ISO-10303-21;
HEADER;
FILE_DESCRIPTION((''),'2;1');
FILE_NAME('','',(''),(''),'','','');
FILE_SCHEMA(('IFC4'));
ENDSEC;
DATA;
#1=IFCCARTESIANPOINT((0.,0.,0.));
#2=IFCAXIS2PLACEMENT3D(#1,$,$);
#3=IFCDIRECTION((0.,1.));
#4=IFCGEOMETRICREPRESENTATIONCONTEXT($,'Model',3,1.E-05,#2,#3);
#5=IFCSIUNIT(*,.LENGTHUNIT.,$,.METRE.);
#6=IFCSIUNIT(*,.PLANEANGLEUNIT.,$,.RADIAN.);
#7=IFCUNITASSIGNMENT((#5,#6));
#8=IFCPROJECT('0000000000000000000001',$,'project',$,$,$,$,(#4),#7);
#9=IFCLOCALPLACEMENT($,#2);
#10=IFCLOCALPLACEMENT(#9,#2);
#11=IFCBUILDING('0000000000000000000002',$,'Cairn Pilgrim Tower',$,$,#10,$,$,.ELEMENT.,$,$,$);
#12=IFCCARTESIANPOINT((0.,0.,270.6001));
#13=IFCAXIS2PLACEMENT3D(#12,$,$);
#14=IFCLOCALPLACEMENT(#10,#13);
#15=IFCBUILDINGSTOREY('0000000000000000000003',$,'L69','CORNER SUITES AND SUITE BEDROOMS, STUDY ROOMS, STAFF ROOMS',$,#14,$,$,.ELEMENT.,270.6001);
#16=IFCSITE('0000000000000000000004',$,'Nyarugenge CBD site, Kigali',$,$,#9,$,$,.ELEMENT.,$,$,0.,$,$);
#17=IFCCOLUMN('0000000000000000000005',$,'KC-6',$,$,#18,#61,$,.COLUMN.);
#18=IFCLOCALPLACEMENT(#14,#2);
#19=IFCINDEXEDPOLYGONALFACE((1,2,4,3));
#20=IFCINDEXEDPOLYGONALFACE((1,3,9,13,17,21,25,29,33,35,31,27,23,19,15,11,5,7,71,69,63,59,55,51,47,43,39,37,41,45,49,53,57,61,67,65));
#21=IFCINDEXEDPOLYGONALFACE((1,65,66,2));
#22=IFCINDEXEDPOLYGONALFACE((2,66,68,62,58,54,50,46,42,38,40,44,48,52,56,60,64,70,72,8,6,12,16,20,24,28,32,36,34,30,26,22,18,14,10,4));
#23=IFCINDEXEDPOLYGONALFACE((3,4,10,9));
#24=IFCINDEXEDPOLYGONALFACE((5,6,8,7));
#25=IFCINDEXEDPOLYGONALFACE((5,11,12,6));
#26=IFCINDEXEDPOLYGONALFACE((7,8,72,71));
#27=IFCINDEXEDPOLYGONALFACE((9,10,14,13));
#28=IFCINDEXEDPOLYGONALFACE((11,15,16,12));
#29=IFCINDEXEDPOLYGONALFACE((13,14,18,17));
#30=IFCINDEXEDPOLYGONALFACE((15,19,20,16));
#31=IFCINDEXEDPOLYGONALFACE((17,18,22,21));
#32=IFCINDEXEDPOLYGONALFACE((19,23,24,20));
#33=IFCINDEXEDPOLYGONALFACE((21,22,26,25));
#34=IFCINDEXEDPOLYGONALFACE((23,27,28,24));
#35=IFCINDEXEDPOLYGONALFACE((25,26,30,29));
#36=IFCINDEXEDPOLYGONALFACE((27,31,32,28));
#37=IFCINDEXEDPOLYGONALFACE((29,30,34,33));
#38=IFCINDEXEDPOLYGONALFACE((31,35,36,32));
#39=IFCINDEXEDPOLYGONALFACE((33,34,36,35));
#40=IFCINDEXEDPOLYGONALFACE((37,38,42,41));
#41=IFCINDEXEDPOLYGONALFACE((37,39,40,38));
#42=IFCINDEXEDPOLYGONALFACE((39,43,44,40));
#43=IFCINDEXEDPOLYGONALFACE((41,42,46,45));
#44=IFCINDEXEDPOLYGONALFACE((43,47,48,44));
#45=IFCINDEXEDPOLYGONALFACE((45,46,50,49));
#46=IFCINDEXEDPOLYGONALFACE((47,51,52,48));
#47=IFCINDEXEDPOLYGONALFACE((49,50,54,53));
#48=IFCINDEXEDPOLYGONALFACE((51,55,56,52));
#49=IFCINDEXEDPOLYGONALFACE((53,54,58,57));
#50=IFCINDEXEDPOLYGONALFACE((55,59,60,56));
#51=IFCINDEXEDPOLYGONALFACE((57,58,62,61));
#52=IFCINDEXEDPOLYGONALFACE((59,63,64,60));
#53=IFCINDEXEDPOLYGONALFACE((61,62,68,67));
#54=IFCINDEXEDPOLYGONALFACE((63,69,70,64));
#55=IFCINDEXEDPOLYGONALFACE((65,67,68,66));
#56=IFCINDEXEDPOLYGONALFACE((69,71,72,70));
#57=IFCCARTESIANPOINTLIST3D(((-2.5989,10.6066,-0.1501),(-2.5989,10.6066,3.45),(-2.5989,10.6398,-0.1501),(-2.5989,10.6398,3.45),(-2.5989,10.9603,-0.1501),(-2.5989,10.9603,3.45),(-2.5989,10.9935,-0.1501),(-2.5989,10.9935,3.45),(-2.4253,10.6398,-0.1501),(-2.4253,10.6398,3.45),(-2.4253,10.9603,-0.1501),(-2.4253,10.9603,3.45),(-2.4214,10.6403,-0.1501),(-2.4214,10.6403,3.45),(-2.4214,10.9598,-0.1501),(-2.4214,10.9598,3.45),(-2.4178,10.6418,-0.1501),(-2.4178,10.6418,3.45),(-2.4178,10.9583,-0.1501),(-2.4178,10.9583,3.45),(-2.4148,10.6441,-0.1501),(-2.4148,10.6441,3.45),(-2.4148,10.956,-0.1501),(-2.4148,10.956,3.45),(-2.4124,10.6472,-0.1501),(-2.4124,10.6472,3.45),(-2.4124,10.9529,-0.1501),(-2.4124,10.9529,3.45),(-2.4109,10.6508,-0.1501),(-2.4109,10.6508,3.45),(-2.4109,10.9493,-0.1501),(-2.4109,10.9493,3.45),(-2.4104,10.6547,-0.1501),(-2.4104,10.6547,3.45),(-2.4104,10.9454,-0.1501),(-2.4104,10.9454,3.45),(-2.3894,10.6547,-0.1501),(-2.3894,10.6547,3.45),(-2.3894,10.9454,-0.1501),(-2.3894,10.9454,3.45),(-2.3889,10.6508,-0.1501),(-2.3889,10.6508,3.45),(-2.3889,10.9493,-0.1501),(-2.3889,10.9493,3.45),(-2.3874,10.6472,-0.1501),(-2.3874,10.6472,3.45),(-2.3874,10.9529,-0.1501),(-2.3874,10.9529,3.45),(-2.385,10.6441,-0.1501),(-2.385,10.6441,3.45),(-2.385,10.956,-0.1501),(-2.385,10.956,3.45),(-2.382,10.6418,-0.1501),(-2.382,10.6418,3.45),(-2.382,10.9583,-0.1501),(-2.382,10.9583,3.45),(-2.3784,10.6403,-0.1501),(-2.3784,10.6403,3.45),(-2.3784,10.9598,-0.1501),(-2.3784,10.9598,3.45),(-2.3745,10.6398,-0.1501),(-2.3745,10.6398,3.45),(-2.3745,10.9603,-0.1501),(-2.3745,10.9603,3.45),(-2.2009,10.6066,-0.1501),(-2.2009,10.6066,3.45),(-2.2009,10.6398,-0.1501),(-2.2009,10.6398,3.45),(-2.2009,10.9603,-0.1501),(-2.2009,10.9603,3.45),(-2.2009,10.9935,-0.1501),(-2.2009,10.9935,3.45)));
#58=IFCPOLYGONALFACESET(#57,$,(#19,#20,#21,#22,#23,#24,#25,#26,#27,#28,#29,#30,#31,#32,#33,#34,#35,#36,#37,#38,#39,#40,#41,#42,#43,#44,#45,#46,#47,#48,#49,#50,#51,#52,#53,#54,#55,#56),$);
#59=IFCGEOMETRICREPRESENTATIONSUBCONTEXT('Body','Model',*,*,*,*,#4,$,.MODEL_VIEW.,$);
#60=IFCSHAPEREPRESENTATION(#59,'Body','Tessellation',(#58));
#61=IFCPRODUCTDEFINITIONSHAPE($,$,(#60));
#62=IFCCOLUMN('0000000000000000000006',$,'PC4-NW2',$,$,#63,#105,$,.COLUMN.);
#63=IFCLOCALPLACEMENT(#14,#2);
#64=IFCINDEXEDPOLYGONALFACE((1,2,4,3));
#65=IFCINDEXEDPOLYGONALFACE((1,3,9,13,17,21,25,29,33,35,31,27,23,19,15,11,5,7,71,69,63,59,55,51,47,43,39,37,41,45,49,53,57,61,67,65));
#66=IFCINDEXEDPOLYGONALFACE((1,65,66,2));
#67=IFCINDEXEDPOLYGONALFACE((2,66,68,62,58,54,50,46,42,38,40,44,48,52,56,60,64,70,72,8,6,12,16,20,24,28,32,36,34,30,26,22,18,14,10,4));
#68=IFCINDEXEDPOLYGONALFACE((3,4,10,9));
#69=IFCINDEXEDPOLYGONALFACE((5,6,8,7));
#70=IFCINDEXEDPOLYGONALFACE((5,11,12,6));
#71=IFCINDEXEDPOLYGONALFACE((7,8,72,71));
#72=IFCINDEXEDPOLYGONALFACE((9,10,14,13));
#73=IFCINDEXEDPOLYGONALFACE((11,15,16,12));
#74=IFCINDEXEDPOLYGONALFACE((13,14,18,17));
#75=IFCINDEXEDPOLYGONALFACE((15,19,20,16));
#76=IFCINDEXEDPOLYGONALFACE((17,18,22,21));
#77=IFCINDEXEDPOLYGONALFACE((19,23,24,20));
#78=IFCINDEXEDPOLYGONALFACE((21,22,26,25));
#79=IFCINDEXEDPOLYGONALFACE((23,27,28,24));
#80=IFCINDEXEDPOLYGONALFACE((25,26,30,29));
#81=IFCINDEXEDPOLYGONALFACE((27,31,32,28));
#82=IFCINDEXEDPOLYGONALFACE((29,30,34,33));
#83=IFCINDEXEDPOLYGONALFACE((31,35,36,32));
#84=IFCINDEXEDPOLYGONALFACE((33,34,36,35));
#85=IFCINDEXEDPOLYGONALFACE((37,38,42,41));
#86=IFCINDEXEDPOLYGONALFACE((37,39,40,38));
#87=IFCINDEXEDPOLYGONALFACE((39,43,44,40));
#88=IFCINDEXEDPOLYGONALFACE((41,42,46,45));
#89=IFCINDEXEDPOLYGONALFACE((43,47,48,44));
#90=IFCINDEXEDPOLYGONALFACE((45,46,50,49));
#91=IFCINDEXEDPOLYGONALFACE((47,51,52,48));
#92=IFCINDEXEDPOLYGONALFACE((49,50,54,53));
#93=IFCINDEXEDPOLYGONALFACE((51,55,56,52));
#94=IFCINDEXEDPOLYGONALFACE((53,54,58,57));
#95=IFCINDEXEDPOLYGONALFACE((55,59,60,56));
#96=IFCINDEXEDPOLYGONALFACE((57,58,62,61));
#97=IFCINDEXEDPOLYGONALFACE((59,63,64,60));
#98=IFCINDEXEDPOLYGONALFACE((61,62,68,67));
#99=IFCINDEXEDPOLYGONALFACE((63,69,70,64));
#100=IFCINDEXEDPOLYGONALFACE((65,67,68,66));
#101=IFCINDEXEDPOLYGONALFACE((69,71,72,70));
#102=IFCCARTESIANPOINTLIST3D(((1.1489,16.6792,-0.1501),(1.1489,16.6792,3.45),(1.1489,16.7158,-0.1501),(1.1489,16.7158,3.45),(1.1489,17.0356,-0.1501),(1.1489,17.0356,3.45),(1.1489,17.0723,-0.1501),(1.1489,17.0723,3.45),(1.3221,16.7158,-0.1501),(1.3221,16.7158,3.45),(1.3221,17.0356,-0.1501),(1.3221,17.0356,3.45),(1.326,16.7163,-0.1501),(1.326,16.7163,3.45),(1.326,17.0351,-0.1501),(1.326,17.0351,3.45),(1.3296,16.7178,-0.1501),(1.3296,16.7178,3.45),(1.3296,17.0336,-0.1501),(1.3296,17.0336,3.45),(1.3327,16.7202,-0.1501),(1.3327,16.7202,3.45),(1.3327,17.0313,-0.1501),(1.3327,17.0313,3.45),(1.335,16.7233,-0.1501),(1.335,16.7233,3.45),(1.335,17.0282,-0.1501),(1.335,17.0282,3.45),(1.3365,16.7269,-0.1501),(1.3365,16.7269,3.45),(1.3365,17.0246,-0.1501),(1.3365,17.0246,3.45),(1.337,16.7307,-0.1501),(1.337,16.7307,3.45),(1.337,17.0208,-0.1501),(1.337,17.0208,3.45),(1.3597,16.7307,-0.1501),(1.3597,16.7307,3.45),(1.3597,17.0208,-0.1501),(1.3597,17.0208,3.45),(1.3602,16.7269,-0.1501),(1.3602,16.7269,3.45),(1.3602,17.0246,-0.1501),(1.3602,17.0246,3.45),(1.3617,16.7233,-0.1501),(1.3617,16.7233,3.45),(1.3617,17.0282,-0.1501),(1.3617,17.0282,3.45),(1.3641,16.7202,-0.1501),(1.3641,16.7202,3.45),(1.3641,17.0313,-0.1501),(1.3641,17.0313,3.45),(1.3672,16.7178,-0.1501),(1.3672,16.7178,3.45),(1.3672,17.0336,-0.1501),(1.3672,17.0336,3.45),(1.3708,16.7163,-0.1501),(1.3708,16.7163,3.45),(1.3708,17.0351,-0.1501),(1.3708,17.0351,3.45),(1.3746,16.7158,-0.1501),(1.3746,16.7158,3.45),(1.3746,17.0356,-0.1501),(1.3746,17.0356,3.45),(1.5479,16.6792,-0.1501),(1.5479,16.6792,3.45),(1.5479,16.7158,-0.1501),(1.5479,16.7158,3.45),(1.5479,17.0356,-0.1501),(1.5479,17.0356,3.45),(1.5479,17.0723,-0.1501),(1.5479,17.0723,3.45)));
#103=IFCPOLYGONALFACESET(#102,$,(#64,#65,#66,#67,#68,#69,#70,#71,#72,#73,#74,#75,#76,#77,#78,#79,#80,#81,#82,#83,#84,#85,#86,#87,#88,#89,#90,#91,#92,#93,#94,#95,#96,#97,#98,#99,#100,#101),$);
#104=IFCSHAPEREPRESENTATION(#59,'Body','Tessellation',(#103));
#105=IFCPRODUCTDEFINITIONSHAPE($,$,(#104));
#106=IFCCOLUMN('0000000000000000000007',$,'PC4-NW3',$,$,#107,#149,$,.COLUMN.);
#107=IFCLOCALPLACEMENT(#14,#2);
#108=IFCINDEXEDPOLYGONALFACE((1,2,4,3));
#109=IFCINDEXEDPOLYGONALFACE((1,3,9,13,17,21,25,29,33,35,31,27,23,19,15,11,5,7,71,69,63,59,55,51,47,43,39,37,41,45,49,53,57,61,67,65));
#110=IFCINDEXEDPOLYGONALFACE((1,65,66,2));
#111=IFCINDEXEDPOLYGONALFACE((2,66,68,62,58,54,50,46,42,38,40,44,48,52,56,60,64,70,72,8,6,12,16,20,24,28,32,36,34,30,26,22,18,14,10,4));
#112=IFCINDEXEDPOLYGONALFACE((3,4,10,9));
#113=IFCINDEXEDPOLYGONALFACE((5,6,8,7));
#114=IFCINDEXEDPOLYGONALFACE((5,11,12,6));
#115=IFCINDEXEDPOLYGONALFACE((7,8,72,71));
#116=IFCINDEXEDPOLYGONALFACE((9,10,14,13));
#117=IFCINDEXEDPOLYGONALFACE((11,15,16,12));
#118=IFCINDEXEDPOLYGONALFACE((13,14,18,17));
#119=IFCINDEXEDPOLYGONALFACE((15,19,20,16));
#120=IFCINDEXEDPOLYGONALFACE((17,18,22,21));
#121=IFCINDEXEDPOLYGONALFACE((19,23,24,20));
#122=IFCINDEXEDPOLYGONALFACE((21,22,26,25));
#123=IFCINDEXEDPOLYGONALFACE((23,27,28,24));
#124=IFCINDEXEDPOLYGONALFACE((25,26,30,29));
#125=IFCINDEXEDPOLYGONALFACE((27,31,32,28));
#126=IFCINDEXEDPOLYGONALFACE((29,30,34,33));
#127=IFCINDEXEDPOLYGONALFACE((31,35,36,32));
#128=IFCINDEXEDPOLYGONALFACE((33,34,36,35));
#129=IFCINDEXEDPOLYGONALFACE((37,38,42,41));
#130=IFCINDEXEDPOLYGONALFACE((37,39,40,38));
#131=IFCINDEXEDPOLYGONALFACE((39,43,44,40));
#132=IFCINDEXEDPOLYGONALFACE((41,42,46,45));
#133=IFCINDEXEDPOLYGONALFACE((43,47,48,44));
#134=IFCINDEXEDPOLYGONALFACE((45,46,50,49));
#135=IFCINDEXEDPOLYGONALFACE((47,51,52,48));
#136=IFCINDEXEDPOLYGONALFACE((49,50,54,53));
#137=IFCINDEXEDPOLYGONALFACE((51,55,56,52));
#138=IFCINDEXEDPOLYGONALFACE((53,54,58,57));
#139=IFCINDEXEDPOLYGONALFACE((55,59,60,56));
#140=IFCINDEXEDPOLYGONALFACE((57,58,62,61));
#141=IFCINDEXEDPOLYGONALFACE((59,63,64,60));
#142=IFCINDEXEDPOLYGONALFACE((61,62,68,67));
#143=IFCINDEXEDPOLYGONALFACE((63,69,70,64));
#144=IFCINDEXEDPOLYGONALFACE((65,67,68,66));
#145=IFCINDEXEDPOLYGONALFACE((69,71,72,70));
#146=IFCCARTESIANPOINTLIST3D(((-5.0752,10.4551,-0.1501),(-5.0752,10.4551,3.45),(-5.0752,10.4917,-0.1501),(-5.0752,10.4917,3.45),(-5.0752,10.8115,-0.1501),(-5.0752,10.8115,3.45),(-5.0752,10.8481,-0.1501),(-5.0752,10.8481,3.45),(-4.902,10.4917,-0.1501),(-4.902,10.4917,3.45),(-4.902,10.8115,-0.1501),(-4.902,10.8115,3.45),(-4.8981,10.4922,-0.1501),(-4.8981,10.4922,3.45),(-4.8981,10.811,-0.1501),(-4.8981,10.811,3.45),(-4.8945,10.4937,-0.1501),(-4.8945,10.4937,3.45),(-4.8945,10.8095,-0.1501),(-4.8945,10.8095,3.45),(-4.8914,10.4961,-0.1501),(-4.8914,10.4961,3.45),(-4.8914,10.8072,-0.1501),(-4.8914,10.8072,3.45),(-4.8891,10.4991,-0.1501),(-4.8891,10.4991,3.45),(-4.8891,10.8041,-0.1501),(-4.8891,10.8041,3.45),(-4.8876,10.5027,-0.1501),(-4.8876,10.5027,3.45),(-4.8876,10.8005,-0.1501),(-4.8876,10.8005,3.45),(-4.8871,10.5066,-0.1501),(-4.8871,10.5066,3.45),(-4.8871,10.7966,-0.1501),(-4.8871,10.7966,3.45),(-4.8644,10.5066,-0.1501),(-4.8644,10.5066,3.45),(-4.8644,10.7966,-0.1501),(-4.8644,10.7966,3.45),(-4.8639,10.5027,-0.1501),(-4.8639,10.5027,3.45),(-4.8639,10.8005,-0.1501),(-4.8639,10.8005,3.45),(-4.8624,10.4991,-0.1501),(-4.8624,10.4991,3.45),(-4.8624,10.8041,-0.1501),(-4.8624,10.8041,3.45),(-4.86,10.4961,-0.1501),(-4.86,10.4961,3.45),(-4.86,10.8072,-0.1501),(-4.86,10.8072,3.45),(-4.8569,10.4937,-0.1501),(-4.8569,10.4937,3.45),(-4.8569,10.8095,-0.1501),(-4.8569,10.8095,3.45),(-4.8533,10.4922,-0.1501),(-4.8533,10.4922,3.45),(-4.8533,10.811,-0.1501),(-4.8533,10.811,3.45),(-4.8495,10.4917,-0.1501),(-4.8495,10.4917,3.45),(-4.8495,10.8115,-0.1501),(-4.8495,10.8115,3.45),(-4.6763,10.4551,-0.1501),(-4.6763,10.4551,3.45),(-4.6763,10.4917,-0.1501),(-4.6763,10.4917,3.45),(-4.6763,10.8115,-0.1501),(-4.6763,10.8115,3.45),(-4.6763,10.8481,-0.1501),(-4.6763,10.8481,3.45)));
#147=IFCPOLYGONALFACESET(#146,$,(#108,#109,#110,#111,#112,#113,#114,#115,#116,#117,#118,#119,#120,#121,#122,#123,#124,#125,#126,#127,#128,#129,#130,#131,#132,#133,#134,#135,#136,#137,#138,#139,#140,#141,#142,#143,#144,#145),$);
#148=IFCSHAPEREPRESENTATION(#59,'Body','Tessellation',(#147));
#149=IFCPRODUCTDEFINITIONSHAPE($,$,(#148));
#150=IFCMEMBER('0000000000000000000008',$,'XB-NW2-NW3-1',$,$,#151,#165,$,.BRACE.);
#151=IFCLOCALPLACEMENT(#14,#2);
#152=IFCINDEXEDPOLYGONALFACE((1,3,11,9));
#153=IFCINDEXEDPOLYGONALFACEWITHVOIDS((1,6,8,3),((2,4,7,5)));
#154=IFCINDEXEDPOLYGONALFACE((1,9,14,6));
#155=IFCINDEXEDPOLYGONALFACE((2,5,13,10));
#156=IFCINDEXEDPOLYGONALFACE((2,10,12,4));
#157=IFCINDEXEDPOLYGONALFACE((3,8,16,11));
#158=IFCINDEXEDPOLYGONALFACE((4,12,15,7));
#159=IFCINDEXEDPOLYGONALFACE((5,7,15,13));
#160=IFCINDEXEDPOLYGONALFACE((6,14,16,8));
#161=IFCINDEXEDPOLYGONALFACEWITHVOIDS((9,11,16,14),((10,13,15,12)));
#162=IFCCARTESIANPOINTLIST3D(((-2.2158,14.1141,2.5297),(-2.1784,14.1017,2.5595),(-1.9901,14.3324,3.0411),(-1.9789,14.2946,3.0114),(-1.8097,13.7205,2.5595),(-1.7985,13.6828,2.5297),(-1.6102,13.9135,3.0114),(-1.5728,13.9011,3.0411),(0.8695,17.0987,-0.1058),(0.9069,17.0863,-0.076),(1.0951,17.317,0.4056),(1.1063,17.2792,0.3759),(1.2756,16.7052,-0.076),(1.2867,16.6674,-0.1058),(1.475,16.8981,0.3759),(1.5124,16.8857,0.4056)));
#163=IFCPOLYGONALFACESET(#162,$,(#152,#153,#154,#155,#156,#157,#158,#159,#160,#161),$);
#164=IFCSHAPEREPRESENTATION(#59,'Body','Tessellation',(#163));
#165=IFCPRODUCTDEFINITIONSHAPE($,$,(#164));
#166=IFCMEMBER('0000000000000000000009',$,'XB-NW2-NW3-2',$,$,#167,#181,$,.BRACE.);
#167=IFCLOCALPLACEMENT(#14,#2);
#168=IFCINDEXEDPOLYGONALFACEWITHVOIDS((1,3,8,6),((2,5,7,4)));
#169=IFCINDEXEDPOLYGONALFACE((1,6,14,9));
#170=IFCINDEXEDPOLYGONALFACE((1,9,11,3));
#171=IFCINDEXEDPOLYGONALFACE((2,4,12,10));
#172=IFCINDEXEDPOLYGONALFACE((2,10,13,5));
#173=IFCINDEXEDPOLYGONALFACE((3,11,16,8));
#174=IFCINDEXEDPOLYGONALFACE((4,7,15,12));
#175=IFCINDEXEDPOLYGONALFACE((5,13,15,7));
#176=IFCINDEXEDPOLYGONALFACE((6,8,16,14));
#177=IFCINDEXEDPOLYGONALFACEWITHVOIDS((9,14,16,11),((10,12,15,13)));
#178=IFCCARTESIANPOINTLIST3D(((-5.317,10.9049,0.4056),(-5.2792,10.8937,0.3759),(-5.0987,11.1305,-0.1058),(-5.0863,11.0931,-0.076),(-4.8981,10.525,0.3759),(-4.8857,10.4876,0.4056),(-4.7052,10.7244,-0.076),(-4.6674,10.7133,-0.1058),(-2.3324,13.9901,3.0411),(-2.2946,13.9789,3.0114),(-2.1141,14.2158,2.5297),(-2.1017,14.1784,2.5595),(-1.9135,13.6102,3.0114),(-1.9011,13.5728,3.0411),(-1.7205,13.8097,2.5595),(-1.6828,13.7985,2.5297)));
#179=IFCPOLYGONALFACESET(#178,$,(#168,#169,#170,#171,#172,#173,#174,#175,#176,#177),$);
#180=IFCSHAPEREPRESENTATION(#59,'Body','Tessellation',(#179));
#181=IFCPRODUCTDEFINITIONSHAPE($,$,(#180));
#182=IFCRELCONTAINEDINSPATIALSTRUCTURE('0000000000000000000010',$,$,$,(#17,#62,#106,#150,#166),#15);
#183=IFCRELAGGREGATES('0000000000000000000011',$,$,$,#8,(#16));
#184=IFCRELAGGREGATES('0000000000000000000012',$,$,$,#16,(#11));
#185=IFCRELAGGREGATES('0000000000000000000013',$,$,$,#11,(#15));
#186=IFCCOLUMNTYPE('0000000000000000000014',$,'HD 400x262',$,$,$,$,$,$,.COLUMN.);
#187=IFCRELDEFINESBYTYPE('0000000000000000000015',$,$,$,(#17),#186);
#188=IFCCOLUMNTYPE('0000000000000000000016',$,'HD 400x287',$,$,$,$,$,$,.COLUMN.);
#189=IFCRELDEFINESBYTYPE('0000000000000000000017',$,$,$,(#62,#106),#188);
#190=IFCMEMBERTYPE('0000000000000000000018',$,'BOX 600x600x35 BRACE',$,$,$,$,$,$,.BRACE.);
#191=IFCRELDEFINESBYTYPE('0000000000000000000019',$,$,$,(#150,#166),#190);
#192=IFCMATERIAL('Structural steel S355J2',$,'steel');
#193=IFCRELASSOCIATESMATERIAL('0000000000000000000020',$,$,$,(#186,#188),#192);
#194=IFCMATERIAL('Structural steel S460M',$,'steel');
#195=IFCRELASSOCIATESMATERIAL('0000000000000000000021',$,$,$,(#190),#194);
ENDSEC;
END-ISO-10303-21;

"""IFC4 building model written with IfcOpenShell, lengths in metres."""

from ifc_helpers import new_model, si_unit, direction, frame, origin, origin_2d, place, context, subcontext, project, spatial, hollow_rectangle, i_section, extrude, material, material_profile, profile_set, type_object, element, save


model = new_model("IFC4")

# Units and contexts
model_context = context("Model", 3, precision=1e-05, world=origin(), true_north=direction((0.0, 1.0)))
body_context = subcontext(model_context, "Body", "Model", "MODEL_VIEW")
ifc_project = project(units=[si_unit("LENGTHUNIT", "METRE"), si_unit("PLANEANGLEUNIT", "RADIAN")], contexts=[model_context])

# Site, building, storey
site_placement = place(None, origin())
site = spatial("IfcSite", under=ifc_project, at=site_placement, Name="Nyarugenge CBD site, Kigali", CompositionType="ELEMENT", RefElevation=0.0)
building_placement = place(site_placement, origin())
building = spatial("IfcBuilding", under=site, at=building_placement, Name="Cairn Pilgrim Tower", CompositionType="ELEMENT")
storey_placement = place(building_placement, frame((0.0, 0.0, 270.6001)))
storey = spatial("IfcBuildingStorey", under=building, at=storey_placement, Name="L69", Description="CORNER SUITES AND SUITE BEDROOMS, STUDY ROOMS, STAFF ROOMS", CompositionType="ELEMENT", Elevation=270.6001)

# Columns
ifc_material_1 = material(Name="Structural steel S355J2", Category="steel")
ifc_material_profile_1 = material_profile(ifc_material_1, i_section(OverallWidth=0.3979, OverallDepth=0.387, WebThickness=0.021, FlangeThickness=0.0332, FilletRadius=0.0149, at=origin_2d()), Name="HD 400x262")
ifc_profile_set_1 = profile_set([ifc_material_profile_1], Name="Structural steel S355J2")
column_type_1 = type_object("IfcColumnType", Name="HD 400x262", PredefinedType="COLUMN", material=ifc_profile_set_1)
column_placement = place(storey_placement, frame((-2.3999, 10.8, -0.1501), z_axis=(0.0, 0.0, 1.0), x_axis=(1.0, 0.0, 0.0)))
element("IfcColumn", 1, at=column_placement, inside=storey, type_object=column_type_1, Name="KC-6", PredefinedType="COLUMN", context=body_context, shape_type="SweptSolid", body=[
    extrude(i_section(OverallWidth=0.3979, OverallDepth=0.387, WebThickness=0.021, FlangeThickness=0.0332, FilletRadius=0.0149, at=origin_2d()), origin(), (0.0, 0.0, 1.0), 3.6001),
])
ifc_material_profile_2 = material_profile(ifc_material_1, i_section(OverallWidth=0.3989, OverallDepth=0.3931, WebThickness=0.0227, FlangeThickness=0.0366, FilletRadius=0.0149, at=origin_2d()), Name="HD 400x287")
ifc_profile_set_2 = profile_set([ifc_material_profile_2], Name="Structural steel S355J2")
column_type_2 = type_object("IfcColumnType", Name="HD 400x287", PredefinedType="COLUMN", material=ifc_profile_set_2)
for number, where, z_axis, x_axis, name in (
    (2, (1.3484, 16.8757, -0.1501), (0.0, 0.0, 1.0), (1.0, 0.0, 0.0), "PC4-NW2"),
    (3, (-4.8757, 10.6516, -0.1501), (0.0, 0.0, 1.0), (1.0, 0.0, 0.0), "PC4-NW3"),
):
    element("IfcColumn", number, at=place(storey_placement, frame(where, z_axis=z_axis, x_axis=x_axis)), inside=storey, type_object=column_type_2, Name=name, PredefinedType="COLUMN", context=body_context, shape_type="SweptSolid", body=[
        extrude(i_section(OverallWidth=0.3989, OverallDepth=0.3931, WebThickness=0.0227, FlangeThickness=0.0366, FilletRadius=0.0149, at=origin_2d()), origin(), (0.0, 0.0, 1.0), 3.6001),
    ])

# Members
ifc_material_2 = material(Name="Structural steel S460M", Category="steel")
ifc_material_profile_3 = material_profile(ifc_material_2, hollow_rectangle(XDim=0.6001, YDim=0.6001, WallThickness=0.0349, at=origin_2d()), Name="BOX 600x600x35")
ifc_profile_set_3 = profile_set([ifc_material_profile_3], Name="Structural steel S460M")
member_type_1 = type_object("IfcMemberType", Name="BOX 600x600x35 BRACE", PredefinedType="BRACE", material=ifc_profile_set_3)
for number, where, z_axis, x_axis, name in (
    (4, (1.1909, 16.9922, 0.1499), (-0.612497, -0.592528, 0.523218), (0.695294, -0.718726, 0.0), "XB-NW2-NW3-1"),
    (5, (-4.9922, 10.8091, 0.1499), (0.592528, 0.612497, 0.523218), (-0.718726, 0.695294, 0.0), "XB-NW2-NW3-2"),
):
    element("IfcMember", number, at=place(storey_placement, frame(where, z_axis=z_axis, x_axis=x_axis)), inside=storey, type_object=member_type_1, Name=name, PredefinedType="BRACE", context=body_context, shape_type="SweptSolid", body=[
        extrude(hollow_rectangle(XDim=0.6001, YDim=0.6001, WallThickness=0.0349, at=origin_2d()), origin(), (0.0, 0.0, 1.0), 5.0371),
    ])

save(model, "model.ifc")
